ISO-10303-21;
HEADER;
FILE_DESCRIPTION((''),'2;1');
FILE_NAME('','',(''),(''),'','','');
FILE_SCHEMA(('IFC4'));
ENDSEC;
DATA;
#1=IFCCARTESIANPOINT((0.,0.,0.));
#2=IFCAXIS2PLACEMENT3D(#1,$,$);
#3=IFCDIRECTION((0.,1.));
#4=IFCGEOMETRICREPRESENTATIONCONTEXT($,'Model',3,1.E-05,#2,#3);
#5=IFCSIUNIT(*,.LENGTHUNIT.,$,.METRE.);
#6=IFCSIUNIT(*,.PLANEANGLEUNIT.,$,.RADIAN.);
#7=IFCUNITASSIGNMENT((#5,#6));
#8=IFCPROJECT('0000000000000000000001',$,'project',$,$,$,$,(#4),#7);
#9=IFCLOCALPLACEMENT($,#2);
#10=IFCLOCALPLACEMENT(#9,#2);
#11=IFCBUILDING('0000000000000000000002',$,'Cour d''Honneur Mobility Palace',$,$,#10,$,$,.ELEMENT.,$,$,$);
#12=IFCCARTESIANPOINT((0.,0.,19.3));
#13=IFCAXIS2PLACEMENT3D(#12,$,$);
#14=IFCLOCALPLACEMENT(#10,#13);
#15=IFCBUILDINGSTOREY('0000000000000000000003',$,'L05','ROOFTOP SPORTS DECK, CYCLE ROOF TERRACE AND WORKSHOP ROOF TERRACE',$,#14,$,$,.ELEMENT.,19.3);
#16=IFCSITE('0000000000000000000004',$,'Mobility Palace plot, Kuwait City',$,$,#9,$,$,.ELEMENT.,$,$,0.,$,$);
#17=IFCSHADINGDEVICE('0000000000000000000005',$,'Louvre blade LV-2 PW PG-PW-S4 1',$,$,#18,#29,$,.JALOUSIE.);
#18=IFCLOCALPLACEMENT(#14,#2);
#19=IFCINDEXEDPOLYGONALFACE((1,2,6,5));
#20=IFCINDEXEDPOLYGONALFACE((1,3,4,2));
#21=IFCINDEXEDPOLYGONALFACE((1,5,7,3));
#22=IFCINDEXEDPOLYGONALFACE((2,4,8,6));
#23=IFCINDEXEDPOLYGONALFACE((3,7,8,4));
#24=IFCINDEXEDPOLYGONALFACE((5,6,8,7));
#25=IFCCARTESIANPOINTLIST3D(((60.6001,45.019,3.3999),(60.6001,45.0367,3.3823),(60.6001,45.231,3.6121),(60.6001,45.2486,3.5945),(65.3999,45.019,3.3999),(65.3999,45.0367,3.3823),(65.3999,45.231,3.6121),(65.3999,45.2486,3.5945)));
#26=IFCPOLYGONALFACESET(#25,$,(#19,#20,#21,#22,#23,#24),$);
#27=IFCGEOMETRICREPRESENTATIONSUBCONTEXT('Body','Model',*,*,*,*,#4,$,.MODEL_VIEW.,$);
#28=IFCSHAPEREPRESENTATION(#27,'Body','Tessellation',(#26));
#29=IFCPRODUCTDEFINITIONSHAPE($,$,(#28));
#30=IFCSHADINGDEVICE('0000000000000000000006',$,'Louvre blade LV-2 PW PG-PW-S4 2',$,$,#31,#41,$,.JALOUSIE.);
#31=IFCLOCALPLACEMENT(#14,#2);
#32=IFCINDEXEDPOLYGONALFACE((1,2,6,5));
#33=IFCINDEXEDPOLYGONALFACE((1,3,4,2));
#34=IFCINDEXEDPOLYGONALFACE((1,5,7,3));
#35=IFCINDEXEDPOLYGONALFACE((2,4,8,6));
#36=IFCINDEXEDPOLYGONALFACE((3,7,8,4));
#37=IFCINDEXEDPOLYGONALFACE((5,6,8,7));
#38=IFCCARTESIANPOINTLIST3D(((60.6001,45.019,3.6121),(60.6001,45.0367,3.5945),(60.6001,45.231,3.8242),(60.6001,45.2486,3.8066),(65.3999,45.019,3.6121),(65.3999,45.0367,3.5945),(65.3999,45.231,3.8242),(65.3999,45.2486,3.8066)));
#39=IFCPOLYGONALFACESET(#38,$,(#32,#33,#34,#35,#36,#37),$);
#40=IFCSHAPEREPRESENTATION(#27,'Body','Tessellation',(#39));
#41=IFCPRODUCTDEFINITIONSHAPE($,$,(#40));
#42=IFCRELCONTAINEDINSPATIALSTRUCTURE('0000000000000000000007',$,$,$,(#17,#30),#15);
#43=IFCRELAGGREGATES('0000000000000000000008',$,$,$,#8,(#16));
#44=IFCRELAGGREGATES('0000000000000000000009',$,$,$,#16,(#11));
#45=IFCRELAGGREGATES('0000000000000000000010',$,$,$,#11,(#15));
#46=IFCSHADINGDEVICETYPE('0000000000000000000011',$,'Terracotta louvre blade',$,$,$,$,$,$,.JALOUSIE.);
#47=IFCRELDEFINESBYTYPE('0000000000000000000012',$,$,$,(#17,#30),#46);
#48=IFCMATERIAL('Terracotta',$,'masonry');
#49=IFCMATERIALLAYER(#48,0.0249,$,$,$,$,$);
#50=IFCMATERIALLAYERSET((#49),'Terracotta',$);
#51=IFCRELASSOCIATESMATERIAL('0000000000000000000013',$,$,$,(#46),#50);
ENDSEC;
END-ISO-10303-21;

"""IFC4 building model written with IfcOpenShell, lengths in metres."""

from ifc_helpers import new_model, si_unit, direction, frame, origin, place, context, subcontext, project, spatial, polyline, outline, extrude, material, layer, layer_set, type_object, element, save


model = new_model("IFC4")

# Units and contexts
model_context = context("Model", 3, precision=1e-05, world=origin(), true_north=direction((0.0, 1.0)))
body_context = subcontext(model_context, "Body", "Model", "MODEL_VIEW")
ifc_project = project(units=[si_unit("LENGTHUNIT", "METRE"), si_unit("PLANEANGLEUNIT", "RADIAN")], contexts=[model_context])

# Site, building, storey
site_placement = place(None, origin())
site = spatial("IfcSite", under=ifc_project, at=site_placement, Name="Mobility Palace plot, Kuwait City", CompositionType="ELEMENT", RefElevation=0.0)
building_placement = place(site_placement, origin())
building = spatial("IfcBuilding", under=site, at=building_placement, Name="Cour d'Honneur Mobility Palace", CompositionType="ELEMENT")
storey_placement = place(building_placement, frame((0.0, 0.0, 19.3)))
storey = spatial("IfcBuildingStorey", under=building, at=storey_placement, Name="L05", Description="ROOFTOP SPORTS DECK, CYCLE ROOF TERRACE AND WORKSHOP ROOF TERRACE", CompositionType="ELEMENT", Elevation=19.3)

# Shading devices
ifc_material_1 = material(Name="Terracotta", Category="masonry")
ifc_layer_1 = layer(ifc_material_1, 0.0249)
ifc_layer_set_1 = layer_set([ifc_layer_1], Name="Terracotta")
shading_device_type = type_object("IfcShadingDeviceType", Name="Terracotta louvre blade", PredefinedType="JALOUSIE", material=ifc_layer_set_1)
for number, where, z_axis, x_axis, name in (
    (1, (60.6001, 45.019, 3.3999), (0.0, -0.707514, 0.7067), (1.0, 0.0, 0.0), "Louvre blade LV-2 PW PG-PW-S4 1"),
    (2, (60.6001, 45.019, 3.6121), (0.0, -0.707514, 0.7067), (1.0, 0.0, 0.0), "Louvre blade LV-2 PW PG-PW-S4 2"),
):
    element("IfcShadingDevice", number, at=place(storey_placement, frame(where, z_axis=z_axis, x_axis=x_axis)), inside=storey, type_object=shading_device_type, Name=name, PredefinedType="JALOUSIE", context=body_context, shape_type="SweptSolid", body=[
        extrude(outline(polyline([(0.0, 0.0), (4.7998, 0.0), (4.7998, 0.2999), (0.0, 0.2999), (0.0, 0.0)])), origin(), (0.0, 0.0, -1.0), 0.0249),
    ])

save(model, "model.ifc")
